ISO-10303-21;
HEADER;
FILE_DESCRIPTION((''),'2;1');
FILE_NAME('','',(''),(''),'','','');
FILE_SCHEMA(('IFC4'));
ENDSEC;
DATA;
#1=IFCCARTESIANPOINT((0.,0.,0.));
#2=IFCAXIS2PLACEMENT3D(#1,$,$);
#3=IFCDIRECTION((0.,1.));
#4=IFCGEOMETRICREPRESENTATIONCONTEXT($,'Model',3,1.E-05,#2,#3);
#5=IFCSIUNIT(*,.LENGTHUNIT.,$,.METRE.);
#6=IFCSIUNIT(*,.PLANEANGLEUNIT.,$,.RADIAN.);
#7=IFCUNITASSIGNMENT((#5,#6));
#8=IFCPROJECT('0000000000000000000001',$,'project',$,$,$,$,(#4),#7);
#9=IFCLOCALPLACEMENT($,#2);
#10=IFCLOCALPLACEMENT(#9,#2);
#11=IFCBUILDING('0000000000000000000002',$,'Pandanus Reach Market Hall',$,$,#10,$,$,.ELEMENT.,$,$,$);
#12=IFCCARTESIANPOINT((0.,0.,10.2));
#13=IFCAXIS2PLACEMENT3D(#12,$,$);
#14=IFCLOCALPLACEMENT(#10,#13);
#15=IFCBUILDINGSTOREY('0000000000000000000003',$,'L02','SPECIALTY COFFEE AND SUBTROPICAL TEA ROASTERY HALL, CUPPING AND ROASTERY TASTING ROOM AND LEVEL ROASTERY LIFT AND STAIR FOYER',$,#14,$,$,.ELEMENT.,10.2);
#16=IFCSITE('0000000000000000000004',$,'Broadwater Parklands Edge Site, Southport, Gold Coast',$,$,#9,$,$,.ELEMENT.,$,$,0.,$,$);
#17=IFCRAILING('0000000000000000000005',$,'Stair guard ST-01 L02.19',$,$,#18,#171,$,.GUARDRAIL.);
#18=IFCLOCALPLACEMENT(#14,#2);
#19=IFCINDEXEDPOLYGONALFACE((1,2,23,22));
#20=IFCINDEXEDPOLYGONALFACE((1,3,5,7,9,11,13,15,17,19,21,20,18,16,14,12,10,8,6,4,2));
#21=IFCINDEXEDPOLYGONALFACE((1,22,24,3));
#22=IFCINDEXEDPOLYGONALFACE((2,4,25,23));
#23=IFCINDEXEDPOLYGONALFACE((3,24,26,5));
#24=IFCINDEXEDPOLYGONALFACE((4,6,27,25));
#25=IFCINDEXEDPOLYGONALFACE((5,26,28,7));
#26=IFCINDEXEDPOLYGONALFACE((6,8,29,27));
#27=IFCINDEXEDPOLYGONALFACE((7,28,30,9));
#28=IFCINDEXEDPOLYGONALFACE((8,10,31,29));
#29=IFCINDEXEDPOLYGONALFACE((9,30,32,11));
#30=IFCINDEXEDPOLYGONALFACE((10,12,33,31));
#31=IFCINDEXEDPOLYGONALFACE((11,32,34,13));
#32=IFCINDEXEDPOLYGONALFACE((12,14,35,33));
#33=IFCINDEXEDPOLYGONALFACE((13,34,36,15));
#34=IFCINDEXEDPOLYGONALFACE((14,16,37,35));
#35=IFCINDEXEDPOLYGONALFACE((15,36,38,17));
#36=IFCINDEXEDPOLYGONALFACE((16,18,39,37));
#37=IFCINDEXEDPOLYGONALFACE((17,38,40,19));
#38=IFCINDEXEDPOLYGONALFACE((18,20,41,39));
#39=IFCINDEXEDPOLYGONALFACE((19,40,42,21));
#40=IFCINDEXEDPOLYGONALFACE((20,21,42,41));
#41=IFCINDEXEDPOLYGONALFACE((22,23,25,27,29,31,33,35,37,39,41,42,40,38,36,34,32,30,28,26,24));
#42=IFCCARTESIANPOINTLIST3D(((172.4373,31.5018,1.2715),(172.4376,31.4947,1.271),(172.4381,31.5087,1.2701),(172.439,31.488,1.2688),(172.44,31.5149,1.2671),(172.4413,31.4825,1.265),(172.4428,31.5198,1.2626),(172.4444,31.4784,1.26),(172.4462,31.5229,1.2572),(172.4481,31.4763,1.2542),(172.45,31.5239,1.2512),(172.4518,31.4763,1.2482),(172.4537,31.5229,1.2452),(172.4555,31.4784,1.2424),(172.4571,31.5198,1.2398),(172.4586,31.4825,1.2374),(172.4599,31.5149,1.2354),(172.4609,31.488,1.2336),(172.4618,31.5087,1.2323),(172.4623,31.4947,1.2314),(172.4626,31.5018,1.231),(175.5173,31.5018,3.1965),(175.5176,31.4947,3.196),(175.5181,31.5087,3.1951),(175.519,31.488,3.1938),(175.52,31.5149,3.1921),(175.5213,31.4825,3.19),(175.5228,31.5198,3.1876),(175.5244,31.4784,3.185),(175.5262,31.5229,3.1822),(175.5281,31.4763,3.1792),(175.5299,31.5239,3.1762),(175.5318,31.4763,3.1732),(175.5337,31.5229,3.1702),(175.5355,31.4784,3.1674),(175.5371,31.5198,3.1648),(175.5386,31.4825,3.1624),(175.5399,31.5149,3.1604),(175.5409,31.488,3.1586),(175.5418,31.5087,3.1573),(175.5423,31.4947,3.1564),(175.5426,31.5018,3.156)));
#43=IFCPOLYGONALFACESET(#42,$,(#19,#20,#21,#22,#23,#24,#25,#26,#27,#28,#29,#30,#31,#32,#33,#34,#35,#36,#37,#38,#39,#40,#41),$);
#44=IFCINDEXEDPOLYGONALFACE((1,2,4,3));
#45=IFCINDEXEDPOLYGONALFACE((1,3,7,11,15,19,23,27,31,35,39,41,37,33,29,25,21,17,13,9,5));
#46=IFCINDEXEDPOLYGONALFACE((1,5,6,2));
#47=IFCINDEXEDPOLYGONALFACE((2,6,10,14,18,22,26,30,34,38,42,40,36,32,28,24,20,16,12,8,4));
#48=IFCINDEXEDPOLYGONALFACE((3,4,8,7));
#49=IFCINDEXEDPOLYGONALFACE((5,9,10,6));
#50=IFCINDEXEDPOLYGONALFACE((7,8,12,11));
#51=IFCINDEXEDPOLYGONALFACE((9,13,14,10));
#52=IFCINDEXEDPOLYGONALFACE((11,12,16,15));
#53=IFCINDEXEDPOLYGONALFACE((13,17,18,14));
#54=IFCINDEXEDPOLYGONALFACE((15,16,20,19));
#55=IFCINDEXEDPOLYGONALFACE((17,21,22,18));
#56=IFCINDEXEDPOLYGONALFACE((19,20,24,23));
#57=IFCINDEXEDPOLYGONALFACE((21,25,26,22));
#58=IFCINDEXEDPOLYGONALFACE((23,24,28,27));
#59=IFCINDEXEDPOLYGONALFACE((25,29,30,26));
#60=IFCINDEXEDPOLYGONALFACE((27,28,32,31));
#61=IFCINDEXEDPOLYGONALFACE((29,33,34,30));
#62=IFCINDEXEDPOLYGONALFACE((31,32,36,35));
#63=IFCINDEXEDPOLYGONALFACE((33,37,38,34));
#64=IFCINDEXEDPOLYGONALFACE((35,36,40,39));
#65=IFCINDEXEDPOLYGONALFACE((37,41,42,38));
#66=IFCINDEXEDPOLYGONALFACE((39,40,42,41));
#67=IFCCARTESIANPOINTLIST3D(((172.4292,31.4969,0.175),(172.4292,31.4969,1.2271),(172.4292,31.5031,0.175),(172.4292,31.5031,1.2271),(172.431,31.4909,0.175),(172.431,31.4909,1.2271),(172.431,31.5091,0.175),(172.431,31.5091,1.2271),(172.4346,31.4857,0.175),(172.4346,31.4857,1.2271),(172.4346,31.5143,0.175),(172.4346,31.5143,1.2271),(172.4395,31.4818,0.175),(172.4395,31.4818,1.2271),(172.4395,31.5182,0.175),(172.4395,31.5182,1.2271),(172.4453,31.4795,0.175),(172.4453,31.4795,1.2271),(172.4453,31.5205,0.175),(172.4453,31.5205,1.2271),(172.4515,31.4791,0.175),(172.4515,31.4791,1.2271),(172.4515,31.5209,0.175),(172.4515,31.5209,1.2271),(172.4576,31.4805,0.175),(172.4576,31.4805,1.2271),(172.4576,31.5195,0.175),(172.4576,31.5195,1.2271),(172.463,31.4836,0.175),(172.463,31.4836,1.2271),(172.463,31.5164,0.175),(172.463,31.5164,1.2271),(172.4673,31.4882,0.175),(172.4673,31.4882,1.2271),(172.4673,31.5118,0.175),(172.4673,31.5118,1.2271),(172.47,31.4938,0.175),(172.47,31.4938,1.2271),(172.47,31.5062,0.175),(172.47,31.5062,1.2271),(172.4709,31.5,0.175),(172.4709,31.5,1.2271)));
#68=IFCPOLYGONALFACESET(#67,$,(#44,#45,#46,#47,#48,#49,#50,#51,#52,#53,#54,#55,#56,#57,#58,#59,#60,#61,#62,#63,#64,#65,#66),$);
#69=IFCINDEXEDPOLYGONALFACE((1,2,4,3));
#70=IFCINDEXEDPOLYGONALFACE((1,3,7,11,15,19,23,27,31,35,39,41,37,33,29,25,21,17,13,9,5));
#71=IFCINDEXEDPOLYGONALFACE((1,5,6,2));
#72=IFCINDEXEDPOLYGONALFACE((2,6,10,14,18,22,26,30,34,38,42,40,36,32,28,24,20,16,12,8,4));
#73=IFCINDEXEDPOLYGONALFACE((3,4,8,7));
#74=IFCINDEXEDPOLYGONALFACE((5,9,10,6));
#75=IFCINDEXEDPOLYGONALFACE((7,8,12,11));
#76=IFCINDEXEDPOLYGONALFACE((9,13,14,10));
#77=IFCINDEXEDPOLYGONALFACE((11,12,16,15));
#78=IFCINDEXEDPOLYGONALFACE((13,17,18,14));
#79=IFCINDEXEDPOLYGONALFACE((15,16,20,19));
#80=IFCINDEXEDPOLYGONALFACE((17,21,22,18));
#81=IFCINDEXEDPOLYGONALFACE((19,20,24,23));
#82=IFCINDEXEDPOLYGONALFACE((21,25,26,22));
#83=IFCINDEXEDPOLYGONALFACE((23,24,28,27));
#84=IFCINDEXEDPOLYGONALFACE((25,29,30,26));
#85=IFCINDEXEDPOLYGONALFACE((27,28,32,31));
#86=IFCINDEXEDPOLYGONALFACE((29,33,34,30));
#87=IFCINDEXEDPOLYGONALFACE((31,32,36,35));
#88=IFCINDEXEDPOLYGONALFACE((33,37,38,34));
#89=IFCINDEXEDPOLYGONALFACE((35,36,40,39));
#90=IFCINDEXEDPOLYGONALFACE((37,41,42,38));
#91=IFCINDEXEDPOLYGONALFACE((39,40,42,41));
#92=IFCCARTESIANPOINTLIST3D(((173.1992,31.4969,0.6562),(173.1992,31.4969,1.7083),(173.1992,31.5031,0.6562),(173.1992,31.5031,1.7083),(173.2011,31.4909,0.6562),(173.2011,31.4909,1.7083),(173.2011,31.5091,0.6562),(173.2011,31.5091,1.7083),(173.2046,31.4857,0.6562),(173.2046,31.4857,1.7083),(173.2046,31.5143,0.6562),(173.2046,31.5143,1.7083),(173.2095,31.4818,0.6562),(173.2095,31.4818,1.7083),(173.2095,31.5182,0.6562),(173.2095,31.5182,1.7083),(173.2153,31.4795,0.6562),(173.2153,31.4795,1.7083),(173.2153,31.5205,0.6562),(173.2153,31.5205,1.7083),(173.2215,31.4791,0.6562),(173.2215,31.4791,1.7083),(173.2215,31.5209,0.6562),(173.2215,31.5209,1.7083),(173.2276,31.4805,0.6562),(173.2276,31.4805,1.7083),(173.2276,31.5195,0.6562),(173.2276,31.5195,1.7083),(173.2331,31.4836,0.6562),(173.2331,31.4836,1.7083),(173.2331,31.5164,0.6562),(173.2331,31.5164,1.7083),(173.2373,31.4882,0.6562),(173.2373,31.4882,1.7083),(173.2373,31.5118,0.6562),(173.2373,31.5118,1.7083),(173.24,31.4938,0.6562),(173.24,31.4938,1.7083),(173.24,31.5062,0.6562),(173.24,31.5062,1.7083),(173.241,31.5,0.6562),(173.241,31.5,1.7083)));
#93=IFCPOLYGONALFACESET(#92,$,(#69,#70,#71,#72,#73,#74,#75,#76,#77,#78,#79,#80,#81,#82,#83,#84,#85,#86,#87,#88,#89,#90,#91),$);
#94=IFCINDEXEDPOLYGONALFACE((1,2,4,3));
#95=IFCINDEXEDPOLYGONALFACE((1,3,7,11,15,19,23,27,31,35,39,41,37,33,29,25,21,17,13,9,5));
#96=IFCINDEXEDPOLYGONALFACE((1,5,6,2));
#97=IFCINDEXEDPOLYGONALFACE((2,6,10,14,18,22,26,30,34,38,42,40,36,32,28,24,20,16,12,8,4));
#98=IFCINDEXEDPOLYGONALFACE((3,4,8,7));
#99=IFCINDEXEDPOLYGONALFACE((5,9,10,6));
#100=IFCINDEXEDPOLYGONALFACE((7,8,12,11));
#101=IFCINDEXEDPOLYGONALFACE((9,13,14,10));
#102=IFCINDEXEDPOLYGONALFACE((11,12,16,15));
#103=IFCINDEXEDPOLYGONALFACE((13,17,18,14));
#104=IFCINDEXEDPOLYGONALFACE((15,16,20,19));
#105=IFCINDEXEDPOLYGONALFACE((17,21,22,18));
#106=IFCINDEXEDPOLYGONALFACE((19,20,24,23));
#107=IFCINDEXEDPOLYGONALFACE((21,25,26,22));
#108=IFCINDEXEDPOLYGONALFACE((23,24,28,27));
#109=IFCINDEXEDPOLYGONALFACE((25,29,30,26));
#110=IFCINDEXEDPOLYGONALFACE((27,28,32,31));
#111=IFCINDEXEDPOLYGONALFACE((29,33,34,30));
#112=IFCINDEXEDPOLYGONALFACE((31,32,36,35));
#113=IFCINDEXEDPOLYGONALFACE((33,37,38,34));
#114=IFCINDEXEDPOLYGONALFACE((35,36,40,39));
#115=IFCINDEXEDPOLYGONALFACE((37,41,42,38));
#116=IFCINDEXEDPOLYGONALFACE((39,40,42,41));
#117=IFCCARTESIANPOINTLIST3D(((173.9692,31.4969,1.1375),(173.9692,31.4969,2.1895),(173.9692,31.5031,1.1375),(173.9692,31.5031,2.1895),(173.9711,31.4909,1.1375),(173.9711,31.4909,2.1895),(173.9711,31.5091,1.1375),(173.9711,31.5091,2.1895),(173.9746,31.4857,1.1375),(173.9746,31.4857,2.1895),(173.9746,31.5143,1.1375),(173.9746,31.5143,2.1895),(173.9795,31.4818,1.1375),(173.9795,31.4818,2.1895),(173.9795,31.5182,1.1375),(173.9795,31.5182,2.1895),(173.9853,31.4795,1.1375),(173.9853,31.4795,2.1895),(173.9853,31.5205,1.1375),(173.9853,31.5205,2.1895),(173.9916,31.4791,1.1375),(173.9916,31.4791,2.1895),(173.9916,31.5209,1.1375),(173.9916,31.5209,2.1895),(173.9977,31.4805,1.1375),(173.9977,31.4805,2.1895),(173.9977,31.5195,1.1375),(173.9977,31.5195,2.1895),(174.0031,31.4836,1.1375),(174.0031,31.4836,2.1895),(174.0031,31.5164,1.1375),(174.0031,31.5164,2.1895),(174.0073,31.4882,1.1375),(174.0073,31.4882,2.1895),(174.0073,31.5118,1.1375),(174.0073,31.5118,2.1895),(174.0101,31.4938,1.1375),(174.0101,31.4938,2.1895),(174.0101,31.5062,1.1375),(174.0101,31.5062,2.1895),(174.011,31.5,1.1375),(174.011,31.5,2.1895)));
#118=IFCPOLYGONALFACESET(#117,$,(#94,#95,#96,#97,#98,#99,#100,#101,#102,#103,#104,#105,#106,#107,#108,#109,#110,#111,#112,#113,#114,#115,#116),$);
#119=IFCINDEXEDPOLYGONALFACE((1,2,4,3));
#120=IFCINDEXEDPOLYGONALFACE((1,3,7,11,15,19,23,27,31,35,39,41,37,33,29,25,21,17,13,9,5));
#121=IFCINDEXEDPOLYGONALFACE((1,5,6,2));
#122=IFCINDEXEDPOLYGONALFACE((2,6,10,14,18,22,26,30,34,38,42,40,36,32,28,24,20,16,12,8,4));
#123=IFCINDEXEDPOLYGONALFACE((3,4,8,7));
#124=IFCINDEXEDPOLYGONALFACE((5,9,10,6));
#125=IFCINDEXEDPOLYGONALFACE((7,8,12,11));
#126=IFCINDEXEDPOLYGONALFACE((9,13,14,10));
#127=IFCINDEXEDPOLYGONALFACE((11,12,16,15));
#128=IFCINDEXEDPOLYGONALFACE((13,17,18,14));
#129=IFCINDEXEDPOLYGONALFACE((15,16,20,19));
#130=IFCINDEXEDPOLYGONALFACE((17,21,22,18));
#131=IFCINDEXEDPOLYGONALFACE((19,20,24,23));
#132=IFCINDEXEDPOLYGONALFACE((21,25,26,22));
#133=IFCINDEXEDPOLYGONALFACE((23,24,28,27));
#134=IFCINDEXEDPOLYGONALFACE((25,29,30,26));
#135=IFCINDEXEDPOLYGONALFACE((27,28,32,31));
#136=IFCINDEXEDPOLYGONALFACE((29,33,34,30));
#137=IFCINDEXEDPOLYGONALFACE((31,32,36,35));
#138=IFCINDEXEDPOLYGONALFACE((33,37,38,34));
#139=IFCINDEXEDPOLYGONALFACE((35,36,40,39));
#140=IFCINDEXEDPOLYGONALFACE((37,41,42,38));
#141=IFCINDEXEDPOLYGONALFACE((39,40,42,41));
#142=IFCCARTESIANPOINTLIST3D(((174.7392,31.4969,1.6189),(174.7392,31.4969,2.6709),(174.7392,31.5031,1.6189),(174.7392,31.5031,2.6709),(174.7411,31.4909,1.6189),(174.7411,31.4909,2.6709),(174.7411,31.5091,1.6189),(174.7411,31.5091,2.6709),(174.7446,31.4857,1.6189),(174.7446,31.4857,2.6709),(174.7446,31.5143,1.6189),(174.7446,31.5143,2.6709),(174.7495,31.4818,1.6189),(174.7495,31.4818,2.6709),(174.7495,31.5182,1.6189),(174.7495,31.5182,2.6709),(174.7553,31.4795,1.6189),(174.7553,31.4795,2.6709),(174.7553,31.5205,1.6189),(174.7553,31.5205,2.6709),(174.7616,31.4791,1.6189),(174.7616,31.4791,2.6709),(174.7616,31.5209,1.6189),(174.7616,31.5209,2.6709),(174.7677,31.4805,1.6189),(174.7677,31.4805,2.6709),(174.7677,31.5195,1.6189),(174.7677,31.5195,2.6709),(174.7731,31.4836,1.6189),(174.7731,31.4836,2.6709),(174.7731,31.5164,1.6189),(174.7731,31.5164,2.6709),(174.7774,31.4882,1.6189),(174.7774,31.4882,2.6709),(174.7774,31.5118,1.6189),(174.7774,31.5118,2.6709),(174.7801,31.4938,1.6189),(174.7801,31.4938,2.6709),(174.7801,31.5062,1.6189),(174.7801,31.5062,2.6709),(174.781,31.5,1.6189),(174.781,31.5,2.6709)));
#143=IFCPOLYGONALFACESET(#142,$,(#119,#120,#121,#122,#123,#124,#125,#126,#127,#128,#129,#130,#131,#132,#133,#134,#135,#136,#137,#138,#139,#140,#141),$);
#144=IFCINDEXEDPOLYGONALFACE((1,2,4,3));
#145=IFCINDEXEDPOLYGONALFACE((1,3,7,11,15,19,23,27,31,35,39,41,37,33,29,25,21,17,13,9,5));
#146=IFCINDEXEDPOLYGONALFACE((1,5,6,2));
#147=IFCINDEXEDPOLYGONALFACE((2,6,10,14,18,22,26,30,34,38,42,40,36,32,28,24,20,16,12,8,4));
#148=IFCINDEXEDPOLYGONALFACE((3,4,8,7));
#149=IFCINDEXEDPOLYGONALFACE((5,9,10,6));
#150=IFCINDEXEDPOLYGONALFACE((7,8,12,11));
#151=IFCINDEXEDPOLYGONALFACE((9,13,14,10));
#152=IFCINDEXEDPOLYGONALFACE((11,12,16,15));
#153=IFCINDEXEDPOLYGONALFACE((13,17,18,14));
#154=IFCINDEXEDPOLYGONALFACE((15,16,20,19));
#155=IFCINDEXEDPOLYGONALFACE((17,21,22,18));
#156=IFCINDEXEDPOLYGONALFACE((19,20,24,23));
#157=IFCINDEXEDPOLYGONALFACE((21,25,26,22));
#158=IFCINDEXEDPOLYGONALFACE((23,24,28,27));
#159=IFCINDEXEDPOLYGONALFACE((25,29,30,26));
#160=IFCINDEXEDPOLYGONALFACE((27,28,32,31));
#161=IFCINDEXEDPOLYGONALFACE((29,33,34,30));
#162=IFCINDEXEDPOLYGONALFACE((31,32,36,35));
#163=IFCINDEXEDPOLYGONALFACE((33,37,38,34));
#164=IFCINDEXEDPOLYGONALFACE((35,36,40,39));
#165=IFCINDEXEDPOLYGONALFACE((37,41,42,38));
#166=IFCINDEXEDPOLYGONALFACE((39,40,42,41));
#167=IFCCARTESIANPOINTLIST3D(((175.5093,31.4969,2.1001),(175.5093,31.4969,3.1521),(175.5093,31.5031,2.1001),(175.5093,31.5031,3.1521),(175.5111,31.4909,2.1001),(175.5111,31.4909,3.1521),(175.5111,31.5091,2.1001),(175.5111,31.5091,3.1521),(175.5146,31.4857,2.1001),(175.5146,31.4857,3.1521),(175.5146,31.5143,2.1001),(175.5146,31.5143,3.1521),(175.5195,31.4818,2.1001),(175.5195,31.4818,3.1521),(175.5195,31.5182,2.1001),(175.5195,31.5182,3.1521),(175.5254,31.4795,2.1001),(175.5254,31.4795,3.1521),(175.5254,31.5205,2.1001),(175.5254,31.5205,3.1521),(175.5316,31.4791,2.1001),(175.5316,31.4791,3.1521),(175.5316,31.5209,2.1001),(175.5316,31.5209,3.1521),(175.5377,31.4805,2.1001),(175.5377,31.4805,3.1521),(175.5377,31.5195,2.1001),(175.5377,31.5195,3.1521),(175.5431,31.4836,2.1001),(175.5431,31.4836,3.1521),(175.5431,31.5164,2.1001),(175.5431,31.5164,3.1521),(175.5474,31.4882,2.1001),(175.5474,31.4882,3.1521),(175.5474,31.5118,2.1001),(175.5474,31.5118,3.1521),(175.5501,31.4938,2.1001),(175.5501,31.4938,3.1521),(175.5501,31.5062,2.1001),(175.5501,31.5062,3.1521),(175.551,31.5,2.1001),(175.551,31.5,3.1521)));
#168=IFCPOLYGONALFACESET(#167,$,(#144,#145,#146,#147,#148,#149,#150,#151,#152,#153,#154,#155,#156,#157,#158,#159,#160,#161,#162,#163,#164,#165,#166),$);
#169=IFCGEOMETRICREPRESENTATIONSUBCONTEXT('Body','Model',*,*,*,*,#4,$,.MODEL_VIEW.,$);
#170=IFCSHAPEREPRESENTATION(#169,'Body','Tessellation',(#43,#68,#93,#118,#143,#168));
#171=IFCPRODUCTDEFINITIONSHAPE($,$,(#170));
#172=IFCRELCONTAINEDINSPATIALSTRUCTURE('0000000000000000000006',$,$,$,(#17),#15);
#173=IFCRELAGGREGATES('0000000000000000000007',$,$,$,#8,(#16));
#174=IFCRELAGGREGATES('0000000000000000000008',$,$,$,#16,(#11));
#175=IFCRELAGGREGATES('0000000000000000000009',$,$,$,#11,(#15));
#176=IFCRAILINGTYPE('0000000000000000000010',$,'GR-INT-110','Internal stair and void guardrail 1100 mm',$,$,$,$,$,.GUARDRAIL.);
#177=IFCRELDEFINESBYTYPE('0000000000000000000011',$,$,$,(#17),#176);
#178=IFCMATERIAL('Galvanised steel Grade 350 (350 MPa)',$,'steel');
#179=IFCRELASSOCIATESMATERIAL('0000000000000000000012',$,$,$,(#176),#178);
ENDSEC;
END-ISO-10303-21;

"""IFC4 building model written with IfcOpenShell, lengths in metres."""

from ifc_helpers import new_model, si_unit, direction, frame, origin, origin_2d, place, context, subcontext, project, spatial, circle, extrude, material, type_object, element, save


model = new_model("IFC4")

# Units and contexts
model_context = context("Model", 3, precision=1e-05, world=origin(), true_north=direction((0.0, 1.0)))
body_context = subcontext(model_context, "Body", "Model", "MODEL_VIEW")
ifc_project = project(units=[si_unit("LENGTHUNIT", "METRE"), si_unit("PLANEANGLEUNIT", "RADIAN")], contexts=[model_context])

# Site, building, storey
site_placement = place(None, origin())
site = spatial("IfcSite", under=ifc_project, at=site_placement, Name="Broadwater Parklands Edge Site, Southport, Gold Coast", CompositionType="ELEMENT", RefElevation=0.0)
building_placement = place(site_placement, origin())
building = spatial("IfcBuilding", under=site, at=building_placement, Name="Pandanus Reach Market Hall", CompositionType="ELEMENT")
storey_placement = place(building_placement, frame((0.0, 0.0, 10.2)))
storey = spatial("IfcBuildingStorey", under=building, at=storey_placement, Name="L02", Description="SPECIALTY COFFEE AND SUBTROPICAL TEA ROASTERY HALL, CUPPING AND ROASTERY TASTING ROOM AND LEVEL ROASTERY LIFT AND STAIR FOYER", CompositionType="ELEMENT", Elevation=10.2)

# Railing
ifc_material_1 = material(Name="Galvanised steel Grade 350 (350 MPa)", Category="steel")
railing_type_1 = type_object("IfcRailingType", Name="GR-INT-110", Description="Internal stair and void guardrail 1100 mm", PredefinedType="GUARDRAIL", material=ifc_material_1)
railing_1_placement = place(storey_placement, frame((172.45, 31.5, 0.175)))
element("IfcRailing", 1, at=railing_1_placement, inside=storey, type_object=railing_type_1, Name="Stair guard ST-01 L02.19", PredefinedType="GUARDRAIL", context=body_context, shape_type="SweptSolid", body=[
    extrude(circle(Radius=0.0239, at=origin_2d()), frame((0.0, 0.0, 1.0762), z_axis=(0.847998, 0.0, 0.529999), x_axis=(0.0, 1.0, 0.0)), (0.0, 0.0, 1.0), 3.6321),
    extrude(circle(Radius=0.021, at=origin_2d()), origin(), (0.0, 0.0, 1.0), 1.052),
    extrude(circle(Radius=0.021, at=origin_2d()), frame((0.77, 0.0, 0.4812)), (0.0, 0.0, 1.0), 1.052),
    extrude(circle(Radius=0.021, at=origin_2d()), frame((1.54, 0.0, 0.9624)), (0.0, 0.0, 1.0), 1.052),
    extrude(circle(Radius=0.021, at=origin_2d()), frame((2.3101, 0.0, 1.4438)), (0.0, 0.0, 1.0), 1.052),
    extrude(circle(Radius=0.021, at=origin_2d()), frame((3.0801, 0.0, 1.925)), (0.0, 0.0, 1.0), 1.052),
])

save(model, "model.ifc")
